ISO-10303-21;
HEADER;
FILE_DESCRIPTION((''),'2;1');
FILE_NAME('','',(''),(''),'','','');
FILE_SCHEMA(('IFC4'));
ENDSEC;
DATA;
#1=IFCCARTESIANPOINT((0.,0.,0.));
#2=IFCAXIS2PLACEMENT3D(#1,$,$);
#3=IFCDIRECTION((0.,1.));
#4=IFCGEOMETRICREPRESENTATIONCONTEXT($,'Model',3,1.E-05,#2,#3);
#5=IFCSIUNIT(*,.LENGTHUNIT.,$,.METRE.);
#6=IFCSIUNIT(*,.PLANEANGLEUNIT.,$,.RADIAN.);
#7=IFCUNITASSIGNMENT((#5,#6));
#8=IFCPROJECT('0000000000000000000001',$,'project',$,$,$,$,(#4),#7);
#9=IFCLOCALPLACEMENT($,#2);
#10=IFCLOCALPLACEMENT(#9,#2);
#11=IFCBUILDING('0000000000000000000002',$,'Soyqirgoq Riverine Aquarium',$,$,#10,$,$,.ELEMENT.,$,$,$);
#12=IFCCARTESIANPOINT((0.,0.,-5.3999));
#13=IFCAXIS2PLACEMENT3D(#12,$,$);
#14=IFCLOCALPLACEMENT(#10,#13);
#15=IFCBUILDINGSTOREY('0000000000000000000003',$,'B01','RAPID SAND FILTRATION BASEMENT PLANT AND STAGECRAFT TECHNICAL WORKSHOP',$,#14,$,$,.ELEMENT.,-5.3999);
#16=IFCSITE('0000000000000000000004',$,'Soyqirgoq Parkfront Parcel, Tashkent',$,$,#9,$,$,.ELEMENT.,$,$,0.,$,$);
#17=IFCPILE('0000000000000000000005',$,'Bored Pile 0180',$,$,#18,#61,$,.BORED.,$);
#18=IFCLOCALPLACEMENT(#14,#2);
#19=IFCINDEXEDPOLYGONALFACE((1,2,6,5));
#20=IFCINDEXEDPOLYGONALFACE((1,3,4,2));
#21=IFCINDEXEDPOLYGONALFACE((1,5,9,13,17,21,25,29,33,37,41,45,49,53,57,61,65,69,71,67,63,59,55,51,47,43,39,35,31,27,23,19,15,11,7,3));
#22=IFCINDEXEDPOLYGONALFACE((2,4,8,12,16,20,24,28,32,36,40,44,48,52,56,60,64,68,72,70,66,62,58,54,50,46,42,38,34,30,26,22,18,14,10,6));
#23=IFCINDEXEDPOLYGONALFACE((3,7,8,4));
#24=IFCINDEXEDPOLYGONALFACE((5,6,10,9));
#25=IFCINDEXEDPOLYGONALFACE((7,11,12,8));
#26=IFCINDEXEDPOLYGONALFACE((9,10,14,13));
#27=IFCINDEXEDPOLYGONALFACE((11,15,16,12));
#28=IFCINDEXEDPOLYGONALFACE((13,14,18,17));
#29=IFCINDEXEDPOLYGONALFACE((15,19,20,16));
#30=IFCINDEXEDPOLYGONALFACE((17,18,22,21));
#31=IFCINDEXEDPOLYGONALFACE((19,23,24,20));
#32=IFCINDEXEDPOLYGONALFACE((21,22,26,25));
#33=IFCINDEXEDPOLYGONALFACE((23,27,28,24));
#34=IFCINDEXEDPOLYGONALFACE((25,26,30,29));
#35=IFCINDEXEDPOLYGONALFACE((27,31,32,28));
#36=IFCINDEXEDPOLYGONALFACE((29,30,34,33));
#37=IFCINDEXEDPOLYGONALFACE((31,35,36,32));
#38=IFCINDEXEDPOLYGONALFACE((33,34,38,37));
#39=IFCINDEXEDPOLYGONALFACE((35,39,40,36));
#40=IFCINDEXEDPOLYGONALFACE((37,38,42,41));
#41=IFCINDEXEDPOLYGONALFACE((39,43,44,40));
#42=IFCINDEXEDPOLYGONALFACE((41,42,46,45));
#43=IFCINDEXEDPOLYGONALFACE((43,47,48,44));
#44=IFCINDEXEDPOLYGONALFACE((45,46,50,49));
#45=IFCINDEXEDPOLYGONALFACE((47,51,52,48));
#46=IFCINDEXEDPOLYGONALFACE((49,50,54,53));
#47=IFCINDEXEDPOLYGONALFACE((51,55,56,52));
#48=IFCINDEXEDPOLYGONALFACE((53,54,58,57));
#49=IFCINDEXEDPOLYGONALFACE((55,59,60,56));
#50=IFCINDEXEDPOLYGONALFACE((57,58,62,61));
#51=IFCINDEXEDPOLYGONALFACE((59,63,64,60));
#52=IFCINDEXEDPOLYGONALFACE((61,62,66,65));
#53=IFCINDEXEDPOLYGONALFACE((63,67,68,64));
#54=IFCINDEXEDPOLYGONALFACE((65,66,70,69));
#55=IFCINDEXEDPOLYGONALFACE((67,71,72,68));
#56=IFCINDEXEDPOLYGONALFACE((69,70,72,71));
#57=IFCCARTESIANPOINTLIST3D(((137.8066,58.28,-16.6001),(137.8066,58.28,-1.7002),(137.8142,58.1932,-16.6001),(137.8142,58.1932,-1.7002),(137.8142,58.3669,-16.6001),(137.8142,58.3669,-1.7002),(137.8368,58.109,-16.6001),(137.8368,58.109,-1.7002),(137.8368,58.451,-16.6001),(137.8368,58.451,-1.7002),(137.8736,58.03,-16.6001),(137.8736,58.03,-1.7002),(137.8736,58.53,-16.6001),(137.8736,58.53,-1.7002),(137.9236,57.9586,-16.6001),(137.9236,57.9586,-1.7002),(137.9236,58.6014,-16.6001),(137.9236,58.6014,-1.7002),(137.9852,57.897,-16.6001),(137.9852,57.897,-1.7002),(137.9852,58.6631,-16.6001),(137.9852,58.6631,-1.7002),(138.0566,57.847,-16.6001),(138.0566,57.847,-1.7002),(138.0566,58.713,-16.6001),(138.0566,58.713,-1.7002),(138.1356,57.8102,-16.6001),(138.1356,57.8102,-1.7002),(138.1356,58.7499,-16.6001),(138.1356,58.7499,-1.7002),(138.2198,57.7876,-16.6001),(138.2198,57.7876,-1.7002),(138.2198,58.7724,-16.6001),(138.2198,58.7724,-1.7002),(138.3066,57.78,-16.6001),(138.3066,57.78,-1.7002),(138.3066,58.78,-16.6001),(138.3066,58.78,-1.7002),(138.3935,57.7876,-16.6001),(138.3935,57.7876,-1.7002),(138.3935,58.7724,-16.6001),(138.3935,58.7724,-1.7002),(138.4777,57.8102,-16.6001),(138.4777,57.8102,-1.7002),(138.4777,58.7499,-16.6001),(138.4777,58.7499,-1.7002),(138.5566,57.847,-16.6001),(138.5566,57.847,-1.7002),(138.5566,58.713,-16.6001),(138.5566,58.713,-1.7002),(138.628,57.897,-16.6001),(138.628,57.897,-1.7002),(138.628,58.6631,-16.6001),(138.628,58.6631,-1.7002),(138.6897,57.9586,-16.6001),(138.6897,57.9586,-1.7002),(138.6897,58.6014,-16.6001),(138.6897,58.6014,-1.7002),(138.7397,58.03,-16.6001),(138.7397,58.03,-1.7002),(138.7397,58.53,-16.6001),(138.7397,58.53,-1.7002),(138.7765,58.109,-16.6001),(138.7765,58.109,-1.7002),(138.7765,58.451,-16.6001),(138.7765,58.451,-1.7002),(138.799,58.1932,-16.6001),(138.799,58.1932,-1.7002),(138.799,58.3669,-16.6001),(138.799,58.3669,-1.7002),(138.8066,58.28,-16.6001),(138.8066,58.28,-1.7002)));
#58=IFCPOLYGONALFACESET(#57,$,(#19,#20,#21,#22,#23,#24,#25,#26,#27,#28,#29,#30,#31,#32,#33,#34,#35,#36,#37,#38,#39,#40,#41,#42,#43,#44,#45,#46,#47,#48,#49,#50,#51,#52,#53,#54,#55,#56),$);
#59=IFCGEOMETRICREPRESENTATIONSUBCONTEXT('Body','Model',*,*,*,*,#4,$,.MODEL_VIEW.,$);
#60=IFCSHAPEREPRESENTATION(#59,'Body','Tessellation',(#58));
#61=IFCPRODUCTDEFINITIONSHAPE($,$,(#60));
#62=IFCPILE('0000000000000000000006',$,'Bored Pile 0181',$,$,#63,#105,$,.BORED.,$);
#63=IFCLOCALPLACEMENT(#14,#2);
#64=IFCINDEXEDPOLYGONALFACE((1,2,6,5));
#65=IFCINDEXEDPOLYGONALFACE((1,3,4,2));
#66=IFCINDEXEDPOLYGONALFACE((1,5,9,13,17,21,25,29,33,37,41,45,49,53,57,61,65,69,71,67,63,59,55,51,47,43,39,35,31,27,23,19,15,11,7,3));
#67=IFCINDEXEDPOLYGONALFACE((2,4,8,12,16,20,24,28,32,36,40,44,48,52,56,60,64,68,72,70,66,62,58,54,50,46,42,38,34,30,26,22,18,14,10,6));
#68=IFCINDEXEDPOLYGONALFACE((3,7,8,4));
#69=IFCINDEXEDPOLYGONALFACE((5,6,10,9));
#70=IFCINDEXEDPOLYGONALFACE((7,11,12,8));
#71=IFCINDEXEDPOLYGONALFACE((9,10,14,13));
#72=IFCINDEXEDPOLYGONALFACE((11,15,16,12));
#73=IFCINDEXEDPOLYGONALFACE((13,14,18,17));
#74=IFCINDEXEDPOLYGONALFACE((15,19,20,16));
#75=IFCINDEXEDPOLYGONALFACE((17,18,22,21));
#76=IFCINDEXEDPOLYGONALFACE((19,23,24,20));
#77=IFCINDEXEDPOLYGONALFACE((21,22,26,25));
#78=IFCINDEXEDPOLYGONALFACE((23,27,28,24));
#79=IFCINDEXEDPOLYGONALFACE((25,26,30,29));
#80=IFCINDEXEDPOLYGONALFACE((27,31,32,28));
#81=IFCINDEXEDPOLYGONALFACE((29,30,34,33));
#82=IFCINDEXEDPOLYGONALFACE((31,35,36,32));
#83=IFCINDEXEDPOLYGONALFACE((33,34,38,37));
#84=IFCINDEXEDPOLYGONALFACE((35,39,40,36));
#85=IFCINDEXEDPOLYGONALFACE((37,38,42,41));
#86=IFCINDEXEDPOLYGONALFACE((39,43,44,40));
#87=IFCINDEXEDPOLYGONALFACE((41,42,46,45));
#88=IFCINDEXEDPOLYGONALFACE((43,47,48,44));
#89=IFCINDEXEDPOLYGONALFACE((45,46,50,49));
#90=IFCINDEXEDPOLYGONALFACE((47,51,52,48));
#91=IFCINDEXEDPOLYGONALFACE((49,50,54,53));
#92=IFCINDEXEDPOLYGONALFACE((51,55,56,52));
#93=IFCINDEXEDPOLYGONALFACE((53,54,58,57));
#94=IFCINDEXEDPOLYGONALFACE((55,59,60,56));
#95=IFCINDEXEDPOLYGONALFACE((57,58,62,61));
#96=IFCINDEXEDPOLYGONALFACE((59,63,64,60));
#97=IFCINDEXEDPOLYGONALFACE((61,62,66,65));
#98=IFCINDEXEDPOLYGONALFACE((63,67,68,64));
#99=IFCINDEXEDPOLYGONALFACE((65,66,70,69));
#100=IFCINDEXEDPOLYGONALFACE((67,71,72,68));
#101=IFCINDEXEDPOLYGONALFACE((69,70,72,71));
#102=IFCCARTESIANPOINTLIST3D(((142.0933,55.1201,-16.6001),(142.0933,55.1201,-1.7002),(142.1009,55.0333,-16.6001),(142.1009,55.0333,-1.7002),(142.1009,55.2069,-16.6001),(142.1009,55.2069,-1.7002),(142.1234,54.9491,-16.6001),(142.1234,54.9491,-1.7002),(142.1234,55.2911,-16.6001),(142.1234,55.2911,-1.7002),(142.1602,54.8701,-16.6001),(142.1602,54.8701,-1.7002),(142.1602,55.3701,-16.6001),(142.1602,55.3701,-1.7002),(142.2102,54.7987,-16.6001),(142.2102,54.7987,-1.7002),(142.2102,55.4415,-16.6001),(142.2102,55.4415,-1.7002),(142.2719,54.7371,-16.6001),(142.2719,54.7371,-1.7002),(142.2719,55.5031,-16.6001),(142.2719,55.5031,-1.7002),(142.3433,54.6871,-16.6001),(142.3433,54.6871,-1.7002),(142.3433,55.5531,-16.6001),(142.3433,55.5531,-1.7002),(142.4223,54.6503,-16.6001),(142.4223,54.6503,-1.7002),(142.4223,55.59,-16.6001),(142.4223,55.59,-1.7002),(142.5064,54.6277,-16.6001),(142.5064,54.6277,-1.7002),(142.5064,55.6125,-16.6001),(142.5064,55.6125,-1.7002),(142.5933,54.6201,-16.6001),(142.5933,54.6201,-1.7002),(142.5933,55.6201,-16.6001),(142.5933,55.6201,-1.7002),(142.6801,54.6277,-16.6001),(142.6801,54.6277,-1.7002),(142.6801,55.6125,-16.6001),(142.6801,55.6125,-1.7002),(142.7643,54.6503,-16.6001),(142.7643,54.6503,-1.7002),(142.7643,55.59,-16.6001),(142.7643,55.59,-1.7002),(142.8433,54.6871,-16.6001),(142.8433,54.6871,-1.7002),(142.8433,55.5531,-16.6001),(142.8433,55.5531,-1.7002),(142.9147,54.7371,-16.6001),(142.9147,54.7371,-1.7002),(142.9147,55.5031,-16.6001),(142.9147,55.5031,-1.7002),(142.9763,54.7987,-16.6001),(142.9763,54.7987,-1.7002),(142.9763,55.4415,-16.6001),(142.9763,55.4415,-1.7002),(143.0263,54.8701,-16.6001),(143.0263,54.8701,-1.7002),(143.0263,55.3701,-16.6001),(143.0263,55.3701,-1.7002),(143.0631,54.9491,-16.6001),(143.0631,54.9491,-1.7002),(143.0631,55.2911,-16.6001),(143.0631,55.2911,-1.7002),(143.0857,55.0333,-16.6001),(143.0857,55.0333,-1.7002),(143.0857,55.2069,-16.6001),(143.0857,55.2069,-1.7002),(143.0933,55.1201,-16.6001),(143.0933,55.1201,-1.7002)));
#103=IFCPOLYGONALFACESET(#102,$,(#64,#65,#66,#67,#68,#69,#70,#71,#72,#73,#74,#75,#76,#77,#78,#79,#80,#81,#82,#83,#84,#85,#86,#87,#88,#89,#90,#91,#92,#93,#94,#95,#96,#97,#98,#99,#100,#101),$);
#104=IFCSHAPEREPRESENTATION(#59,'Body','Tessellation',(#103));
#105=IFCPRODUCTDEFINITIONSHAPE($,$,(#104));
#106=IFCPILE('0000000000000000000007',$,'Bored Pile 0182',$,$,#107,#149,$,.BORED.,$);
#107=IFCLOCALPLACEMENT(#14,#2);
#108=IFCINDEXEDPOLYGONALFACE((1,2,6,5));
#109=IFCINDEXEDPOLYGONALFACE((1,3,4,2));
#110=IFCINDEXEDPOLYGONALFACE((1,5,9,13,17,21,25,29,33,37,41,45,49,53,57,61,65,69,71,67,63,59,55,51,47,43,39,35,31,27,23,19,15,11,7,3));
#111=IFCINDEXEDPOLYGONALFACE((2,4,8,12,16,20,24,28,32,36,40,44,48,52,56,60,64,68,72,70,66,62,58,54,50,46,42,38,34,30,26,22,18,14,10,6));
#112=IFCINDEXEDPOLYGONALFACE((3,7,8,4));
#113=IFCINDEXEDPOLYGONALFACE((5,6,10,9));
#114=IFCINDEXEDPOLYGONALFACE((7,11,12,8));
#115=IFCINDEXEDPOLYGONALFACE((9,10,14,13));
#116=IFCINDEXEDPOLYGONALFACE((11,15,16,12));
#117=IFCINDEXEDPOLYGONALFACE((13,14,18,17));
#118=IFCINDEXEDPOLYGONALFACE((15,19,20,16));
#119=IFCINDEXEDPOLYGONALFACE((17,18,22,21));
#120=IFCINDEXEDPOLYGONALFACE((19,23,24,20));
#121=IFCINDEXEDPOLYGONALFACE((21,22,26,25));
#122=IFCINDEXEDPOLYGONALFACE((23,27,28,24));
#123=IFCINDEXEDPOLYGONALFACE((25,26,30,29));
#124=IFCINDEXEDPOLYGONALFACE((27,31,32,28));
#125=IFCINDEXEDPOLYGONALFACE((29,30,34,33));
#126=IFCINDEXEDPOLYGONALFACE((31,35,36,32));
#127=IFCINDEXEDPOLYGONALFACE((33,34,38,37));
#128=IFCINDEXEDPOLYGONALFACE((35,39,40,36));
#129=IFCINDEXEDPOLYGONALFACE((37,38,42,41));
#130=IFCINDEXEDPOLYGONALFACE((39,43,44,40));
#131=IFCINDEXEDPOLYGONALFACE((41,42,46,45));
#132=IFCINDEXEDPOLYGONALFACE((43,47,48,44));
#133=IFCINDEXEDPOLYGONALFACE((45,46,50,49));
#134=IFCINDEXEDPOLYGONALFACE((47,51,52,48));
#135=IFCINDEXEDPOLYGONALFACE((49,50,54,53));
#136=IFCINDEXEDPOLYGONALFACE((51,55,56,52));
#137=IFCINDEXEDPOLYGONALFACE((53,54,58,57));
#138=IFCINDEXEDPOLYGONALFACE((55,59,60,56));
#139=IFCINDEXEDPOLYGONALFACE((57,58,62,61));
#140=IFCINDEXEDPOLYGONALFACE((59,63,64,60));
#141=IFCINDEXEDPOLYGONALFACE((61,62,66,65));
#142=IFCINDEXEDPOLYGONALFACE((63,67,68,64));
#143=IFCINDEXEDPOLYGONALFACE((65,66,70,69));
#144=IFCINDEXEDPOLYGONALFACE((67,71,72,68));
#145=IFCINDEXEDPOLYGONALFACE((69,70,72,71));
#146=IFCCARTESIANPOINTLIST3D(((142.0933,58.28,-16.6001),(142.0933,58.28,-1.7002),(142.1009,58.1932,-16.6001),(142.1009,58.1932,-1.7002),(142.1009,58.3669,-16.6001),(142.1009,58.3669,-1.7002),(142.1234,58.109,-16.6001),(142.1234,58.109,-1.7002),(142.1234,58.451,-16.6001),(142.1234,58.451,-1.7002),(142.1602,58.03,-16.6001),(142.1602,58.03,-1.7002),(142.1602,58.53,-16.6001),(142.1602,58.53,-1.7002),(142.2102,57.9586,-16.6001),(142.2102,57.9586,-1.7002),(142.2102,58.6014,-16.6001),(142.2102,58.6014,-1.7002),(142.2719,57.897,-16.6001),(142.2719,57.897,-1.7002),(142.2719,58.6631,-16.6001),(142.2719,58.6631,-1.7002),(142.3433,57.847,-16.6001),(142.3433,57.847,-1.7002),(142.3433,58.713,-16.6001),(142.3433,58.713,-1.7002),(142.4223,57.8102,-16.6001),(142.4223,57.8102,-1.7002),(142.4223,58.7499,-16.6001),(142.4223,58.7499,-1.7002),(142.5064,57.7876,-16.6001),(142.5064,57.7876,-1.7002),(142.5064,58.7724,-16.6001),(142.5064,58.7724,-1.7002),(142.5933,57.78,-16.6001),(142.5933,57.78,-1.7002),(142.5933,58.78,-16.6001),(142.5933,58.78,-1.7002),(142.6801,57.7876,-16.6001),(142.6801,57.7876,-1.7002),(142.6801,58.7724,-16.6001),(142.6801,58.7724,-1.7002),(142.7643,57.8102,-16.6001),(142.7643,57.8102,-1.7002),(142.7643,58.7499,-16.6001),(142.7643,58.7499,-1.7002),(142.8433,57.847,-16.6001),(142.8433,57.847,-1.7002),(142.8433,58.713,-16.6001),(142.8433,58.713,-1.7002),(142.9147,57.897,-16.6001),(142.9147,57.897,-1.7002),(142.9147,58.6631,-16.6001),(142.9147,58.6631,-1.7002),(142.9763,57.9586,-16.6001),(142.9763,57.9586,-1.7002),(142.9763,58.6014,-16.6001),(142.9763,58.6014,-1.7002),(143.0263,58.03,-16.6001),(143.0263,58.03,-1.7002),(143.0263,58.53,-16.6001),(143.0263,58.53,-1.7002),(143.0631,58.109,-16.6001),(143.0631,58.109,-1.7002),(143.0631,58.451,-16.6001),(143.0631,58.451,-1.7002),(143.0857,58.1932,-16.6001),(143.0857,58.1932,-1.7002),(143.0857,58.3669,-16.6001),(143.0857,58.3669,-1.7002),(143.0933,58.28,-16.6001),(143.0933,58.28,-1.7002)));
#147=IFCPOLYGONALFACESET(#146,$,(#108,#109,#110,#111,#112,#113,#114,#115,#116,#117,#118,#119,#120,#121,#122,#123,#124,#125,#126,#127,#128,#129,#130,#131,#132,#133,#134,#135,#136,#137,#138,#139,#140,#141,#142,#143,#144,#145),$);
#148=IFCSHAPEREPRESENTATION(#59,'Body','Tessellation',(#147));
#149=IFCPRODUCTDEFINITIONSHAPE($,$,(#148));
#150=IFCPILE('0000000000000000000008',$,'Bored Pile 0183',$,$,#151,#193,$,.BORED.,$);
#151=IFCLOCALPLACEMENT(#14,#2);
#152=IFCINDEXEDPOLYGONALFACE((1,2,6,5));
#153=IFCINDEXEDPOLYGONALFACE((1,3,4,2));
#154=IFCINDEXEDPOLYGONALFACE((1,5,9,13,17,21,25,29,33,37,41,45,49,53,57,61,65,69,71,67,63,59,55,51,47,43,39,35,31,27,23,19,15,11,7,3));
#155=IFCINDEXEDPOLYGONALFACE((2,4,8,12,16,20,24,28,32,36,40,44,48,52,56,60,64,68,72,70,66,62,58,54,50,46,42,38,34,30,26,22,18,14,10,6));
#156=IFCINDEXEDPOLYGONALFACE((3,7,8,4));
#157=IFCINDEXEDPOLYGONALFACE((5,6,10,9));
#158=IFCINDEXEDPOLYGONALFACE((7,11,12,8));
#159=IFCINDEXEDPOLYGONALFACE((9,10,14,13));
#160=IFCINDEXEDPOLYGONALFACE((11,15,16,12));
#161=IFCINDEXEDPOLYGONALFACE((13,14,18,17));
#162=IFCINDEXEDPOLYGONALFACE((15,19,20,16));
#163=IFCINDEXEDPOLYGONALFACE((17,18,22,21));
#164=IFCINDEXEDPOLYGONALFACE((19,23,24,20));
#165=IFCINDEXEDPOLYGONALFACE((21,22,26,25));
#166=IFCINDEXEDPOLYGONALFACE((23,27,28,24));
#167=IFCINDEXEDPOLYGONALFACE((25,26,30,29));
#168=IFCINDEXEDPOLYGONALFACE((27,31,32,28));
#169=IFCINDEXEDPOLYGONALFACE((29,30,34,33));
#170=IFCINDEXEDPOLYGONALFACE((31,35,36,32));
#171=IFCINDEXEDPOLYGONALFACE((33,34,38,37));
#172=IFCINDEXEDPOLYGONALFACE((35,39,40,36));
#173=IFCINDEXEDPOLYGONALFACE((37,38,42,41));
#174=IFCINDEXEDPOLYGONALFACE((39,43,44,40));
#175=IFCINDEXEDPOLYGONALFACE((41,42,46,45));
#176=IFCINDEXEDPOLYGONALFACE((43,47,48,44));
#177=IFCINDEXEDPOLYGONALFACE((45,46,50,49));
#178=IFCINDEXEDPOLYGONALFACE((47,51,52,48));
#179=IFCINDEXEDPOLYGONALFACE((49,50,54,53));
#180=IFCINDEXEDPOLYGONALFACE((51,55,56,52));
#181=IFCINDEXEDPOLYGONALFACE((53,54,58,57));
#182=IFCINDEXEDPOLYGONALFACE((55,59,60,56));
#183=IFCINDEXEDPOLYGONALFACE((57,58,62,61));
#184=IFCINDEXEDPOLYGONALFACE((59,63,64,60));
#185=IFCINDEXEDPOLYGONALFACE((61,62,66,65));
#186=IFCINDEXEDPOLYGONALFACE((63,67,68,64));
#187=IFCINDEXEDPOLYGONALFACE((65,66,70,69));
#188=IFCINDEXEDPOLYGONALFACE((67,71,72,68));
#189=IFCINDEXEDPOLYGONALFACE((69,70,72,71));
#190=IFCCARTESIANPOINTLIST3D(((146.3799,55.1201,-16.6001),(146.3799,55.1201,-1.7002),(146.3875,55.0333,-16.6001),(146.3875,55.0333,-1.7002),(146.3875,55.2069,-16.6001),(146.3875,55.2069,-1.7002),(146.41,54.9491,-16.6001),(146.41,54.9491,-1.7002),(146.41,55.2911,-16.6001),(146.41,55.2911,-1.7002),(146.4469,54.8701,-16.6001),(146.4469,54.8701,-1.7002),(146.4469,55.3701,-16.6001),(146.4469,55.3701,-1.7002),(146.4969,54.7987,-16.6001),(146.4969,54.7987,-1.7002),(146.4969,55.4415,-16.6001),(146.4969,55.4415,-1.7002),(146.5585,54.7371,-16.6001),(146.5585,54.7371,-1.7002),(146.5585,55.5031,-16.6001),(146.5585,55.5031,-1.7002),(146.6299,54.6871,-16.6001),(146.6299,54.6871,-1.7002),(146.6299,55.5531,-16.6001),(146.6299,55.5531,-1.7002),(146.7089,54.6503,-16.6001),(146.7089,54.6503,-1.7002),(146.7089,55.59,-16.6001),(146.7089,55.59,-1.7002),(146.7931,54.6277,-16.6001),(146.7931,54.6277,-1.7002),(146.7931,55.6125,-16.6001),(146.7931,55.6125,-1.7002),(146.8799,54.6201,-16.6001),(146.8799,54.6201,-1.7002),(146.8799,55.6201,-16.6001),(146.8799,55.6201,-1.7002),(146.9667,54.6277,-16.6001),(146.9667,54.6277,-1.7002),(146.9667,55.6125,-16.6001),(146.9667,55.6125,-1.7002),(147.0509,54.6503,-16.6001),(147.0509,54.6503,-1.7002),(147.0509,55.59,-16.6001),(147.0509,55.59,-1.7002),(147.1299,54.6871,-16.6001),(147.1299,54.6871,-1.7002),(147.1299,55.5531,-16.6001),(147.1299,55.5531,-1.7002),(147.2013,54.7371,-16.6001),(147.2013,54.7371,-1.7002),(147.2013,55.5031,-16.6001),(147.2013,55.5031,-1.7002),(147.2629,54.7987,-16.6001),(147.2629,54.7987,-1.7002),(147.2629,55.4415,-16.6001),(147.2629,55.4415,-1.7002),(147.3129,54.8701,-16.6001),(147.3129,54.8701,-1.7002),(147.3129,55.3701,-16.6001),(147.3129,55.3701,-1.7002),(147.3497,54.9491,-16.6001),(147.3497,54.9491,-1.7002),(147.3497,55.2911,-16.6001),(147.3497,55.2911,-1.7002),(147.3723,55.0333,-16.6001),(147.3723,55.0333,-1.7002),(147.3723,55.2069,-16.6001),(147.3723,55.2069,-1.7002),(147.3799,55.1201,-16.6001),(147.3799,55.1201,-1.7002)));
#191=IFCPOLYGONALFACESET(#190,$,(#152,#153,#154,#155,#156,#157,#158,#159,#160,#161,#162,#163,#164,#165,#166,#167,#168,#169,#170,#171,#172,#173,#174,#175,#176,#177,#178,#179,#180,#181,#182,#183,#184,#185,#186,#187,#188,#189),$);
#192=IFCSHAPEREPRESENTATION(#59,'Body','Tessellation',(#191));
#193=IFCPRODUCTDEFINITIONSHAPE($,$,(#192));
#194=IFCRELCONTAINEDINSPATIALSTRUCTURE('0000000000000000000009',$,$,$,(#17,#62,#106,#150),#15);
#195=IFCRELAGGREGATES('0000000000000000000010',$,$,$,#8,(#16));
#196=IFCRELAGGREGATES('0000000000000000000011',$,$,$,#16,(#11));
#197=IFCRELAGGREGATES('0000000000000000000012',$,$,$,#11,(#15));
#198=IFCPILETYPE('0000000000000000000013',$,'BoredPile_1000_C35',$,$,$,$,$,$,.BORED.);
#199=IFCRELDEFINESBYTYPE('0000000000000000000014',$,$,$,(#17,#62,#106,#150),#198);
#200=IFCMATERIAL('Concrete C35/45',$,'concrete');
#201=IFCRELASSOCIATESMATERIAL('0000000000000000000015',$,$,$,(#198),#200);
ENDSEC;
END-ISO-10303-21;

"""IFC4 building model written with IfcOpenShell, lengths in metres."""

from ifc_helpers import new_model, si_unit, direction, frame, origin, origin_2d, place, context, subcontext, project, spatial, circle, extrude, material, material_profile, profile_set, type_object, element, save


model = new_model("IFC4")

# Units and contexts
model_context = context("Model", 3, precision=1e-05, world=origin(), true_north=direction((0.0, 1.0)))
body_context = subcontext(model_context, "Body", "Model", "MODEL_VIEW")
ifc_project = project(units=[si_unit("LENGTHUNIT", "METRE"), si_unit("PLANEANGLEUNIT", "RADIAN")], contexts=[model_context])

# Site, building, storey
site_placement = place(None, origin())
site = spatial("IfcSite", under=ifc_project, at=site_placement, Name="Soyqirgoq Parkfront Parcel, Tashkent", CompositionType="ELEMENT", RefElevation=0.0)
building_placement = place(site_placement, origin())
building = spatial("IfcBuilding", under=site, at=building_placement, Name="Soyqirgoq Riverine Aquarium", CompositionType="ELEMENT")
storey_placement = place(building_placement, frame((0.0, 0.0, -5.3999)))
storey = spatial("IfcBuildingStorey", under=building, at=storey_placement, Name="B01", Description="RAPID SAND FILTRATION BASEMENT PLANT AND STAGECRAFT TECHNICAL WORKSHOP", CompositionType="ELEMENT", Elevation=-5.3999)

# Piles
ifc_material_1 = material(Name="Concrete C35/45", Category="concrete")
ifc_material_profile_1 = material_profile(ifc_material_1, circle(Radius=0.5, at=origin_2d()), Name="BP D1000")
ifc_profile_set_1 = profile_set([ifc_material_profile_1], Name="Concrete C35/45")
pile_type_1 = type_object("IfcPileType", Name="BoredPile_1000_C35", PredefinedType="BORED", material=ifc_profile_set_1)
for number, where, z_axis, x_axis, name in (
    (1, (138.3066, 58.28, -1.7002), (0.0, 0.0, -1.0), (1.0, 0.0, 0.0), "Bored Pile 0180"),
    (2, (142.5933, 55.1201, -1.7002), (0.0, 0.0, -1.0), (1.0, 0.0, 0.0), "Bored Pile 0181"),
    (3, (142.5933, 58.28, -1.7002), (0.0, 0.0, -1.0), (1.0, 0.0, 0.0), "Bored Pile 0182"),
    (4, (146.8799, 55.1201, -1.7002), (0.0, 0.0, -1.0), (1.0, 0.0, 0.0), "Bored Pile 0183"),
):
    element("IfcPile", number, at=place(storey_placement, frame(where, z_axis=z_axis, x_axis=x_axis)), inside=storey, type_object=pile_type_1, Name=name, PredefinedType="BORED", context=body_context, shape_type="SweptSolid", body=[
        extrude(circle(Radius=0.5, at=origin_2d()), origin(), (0.0, 0.0, 1.0), 14.8999),
    ])

save(model, "model.ifc")
